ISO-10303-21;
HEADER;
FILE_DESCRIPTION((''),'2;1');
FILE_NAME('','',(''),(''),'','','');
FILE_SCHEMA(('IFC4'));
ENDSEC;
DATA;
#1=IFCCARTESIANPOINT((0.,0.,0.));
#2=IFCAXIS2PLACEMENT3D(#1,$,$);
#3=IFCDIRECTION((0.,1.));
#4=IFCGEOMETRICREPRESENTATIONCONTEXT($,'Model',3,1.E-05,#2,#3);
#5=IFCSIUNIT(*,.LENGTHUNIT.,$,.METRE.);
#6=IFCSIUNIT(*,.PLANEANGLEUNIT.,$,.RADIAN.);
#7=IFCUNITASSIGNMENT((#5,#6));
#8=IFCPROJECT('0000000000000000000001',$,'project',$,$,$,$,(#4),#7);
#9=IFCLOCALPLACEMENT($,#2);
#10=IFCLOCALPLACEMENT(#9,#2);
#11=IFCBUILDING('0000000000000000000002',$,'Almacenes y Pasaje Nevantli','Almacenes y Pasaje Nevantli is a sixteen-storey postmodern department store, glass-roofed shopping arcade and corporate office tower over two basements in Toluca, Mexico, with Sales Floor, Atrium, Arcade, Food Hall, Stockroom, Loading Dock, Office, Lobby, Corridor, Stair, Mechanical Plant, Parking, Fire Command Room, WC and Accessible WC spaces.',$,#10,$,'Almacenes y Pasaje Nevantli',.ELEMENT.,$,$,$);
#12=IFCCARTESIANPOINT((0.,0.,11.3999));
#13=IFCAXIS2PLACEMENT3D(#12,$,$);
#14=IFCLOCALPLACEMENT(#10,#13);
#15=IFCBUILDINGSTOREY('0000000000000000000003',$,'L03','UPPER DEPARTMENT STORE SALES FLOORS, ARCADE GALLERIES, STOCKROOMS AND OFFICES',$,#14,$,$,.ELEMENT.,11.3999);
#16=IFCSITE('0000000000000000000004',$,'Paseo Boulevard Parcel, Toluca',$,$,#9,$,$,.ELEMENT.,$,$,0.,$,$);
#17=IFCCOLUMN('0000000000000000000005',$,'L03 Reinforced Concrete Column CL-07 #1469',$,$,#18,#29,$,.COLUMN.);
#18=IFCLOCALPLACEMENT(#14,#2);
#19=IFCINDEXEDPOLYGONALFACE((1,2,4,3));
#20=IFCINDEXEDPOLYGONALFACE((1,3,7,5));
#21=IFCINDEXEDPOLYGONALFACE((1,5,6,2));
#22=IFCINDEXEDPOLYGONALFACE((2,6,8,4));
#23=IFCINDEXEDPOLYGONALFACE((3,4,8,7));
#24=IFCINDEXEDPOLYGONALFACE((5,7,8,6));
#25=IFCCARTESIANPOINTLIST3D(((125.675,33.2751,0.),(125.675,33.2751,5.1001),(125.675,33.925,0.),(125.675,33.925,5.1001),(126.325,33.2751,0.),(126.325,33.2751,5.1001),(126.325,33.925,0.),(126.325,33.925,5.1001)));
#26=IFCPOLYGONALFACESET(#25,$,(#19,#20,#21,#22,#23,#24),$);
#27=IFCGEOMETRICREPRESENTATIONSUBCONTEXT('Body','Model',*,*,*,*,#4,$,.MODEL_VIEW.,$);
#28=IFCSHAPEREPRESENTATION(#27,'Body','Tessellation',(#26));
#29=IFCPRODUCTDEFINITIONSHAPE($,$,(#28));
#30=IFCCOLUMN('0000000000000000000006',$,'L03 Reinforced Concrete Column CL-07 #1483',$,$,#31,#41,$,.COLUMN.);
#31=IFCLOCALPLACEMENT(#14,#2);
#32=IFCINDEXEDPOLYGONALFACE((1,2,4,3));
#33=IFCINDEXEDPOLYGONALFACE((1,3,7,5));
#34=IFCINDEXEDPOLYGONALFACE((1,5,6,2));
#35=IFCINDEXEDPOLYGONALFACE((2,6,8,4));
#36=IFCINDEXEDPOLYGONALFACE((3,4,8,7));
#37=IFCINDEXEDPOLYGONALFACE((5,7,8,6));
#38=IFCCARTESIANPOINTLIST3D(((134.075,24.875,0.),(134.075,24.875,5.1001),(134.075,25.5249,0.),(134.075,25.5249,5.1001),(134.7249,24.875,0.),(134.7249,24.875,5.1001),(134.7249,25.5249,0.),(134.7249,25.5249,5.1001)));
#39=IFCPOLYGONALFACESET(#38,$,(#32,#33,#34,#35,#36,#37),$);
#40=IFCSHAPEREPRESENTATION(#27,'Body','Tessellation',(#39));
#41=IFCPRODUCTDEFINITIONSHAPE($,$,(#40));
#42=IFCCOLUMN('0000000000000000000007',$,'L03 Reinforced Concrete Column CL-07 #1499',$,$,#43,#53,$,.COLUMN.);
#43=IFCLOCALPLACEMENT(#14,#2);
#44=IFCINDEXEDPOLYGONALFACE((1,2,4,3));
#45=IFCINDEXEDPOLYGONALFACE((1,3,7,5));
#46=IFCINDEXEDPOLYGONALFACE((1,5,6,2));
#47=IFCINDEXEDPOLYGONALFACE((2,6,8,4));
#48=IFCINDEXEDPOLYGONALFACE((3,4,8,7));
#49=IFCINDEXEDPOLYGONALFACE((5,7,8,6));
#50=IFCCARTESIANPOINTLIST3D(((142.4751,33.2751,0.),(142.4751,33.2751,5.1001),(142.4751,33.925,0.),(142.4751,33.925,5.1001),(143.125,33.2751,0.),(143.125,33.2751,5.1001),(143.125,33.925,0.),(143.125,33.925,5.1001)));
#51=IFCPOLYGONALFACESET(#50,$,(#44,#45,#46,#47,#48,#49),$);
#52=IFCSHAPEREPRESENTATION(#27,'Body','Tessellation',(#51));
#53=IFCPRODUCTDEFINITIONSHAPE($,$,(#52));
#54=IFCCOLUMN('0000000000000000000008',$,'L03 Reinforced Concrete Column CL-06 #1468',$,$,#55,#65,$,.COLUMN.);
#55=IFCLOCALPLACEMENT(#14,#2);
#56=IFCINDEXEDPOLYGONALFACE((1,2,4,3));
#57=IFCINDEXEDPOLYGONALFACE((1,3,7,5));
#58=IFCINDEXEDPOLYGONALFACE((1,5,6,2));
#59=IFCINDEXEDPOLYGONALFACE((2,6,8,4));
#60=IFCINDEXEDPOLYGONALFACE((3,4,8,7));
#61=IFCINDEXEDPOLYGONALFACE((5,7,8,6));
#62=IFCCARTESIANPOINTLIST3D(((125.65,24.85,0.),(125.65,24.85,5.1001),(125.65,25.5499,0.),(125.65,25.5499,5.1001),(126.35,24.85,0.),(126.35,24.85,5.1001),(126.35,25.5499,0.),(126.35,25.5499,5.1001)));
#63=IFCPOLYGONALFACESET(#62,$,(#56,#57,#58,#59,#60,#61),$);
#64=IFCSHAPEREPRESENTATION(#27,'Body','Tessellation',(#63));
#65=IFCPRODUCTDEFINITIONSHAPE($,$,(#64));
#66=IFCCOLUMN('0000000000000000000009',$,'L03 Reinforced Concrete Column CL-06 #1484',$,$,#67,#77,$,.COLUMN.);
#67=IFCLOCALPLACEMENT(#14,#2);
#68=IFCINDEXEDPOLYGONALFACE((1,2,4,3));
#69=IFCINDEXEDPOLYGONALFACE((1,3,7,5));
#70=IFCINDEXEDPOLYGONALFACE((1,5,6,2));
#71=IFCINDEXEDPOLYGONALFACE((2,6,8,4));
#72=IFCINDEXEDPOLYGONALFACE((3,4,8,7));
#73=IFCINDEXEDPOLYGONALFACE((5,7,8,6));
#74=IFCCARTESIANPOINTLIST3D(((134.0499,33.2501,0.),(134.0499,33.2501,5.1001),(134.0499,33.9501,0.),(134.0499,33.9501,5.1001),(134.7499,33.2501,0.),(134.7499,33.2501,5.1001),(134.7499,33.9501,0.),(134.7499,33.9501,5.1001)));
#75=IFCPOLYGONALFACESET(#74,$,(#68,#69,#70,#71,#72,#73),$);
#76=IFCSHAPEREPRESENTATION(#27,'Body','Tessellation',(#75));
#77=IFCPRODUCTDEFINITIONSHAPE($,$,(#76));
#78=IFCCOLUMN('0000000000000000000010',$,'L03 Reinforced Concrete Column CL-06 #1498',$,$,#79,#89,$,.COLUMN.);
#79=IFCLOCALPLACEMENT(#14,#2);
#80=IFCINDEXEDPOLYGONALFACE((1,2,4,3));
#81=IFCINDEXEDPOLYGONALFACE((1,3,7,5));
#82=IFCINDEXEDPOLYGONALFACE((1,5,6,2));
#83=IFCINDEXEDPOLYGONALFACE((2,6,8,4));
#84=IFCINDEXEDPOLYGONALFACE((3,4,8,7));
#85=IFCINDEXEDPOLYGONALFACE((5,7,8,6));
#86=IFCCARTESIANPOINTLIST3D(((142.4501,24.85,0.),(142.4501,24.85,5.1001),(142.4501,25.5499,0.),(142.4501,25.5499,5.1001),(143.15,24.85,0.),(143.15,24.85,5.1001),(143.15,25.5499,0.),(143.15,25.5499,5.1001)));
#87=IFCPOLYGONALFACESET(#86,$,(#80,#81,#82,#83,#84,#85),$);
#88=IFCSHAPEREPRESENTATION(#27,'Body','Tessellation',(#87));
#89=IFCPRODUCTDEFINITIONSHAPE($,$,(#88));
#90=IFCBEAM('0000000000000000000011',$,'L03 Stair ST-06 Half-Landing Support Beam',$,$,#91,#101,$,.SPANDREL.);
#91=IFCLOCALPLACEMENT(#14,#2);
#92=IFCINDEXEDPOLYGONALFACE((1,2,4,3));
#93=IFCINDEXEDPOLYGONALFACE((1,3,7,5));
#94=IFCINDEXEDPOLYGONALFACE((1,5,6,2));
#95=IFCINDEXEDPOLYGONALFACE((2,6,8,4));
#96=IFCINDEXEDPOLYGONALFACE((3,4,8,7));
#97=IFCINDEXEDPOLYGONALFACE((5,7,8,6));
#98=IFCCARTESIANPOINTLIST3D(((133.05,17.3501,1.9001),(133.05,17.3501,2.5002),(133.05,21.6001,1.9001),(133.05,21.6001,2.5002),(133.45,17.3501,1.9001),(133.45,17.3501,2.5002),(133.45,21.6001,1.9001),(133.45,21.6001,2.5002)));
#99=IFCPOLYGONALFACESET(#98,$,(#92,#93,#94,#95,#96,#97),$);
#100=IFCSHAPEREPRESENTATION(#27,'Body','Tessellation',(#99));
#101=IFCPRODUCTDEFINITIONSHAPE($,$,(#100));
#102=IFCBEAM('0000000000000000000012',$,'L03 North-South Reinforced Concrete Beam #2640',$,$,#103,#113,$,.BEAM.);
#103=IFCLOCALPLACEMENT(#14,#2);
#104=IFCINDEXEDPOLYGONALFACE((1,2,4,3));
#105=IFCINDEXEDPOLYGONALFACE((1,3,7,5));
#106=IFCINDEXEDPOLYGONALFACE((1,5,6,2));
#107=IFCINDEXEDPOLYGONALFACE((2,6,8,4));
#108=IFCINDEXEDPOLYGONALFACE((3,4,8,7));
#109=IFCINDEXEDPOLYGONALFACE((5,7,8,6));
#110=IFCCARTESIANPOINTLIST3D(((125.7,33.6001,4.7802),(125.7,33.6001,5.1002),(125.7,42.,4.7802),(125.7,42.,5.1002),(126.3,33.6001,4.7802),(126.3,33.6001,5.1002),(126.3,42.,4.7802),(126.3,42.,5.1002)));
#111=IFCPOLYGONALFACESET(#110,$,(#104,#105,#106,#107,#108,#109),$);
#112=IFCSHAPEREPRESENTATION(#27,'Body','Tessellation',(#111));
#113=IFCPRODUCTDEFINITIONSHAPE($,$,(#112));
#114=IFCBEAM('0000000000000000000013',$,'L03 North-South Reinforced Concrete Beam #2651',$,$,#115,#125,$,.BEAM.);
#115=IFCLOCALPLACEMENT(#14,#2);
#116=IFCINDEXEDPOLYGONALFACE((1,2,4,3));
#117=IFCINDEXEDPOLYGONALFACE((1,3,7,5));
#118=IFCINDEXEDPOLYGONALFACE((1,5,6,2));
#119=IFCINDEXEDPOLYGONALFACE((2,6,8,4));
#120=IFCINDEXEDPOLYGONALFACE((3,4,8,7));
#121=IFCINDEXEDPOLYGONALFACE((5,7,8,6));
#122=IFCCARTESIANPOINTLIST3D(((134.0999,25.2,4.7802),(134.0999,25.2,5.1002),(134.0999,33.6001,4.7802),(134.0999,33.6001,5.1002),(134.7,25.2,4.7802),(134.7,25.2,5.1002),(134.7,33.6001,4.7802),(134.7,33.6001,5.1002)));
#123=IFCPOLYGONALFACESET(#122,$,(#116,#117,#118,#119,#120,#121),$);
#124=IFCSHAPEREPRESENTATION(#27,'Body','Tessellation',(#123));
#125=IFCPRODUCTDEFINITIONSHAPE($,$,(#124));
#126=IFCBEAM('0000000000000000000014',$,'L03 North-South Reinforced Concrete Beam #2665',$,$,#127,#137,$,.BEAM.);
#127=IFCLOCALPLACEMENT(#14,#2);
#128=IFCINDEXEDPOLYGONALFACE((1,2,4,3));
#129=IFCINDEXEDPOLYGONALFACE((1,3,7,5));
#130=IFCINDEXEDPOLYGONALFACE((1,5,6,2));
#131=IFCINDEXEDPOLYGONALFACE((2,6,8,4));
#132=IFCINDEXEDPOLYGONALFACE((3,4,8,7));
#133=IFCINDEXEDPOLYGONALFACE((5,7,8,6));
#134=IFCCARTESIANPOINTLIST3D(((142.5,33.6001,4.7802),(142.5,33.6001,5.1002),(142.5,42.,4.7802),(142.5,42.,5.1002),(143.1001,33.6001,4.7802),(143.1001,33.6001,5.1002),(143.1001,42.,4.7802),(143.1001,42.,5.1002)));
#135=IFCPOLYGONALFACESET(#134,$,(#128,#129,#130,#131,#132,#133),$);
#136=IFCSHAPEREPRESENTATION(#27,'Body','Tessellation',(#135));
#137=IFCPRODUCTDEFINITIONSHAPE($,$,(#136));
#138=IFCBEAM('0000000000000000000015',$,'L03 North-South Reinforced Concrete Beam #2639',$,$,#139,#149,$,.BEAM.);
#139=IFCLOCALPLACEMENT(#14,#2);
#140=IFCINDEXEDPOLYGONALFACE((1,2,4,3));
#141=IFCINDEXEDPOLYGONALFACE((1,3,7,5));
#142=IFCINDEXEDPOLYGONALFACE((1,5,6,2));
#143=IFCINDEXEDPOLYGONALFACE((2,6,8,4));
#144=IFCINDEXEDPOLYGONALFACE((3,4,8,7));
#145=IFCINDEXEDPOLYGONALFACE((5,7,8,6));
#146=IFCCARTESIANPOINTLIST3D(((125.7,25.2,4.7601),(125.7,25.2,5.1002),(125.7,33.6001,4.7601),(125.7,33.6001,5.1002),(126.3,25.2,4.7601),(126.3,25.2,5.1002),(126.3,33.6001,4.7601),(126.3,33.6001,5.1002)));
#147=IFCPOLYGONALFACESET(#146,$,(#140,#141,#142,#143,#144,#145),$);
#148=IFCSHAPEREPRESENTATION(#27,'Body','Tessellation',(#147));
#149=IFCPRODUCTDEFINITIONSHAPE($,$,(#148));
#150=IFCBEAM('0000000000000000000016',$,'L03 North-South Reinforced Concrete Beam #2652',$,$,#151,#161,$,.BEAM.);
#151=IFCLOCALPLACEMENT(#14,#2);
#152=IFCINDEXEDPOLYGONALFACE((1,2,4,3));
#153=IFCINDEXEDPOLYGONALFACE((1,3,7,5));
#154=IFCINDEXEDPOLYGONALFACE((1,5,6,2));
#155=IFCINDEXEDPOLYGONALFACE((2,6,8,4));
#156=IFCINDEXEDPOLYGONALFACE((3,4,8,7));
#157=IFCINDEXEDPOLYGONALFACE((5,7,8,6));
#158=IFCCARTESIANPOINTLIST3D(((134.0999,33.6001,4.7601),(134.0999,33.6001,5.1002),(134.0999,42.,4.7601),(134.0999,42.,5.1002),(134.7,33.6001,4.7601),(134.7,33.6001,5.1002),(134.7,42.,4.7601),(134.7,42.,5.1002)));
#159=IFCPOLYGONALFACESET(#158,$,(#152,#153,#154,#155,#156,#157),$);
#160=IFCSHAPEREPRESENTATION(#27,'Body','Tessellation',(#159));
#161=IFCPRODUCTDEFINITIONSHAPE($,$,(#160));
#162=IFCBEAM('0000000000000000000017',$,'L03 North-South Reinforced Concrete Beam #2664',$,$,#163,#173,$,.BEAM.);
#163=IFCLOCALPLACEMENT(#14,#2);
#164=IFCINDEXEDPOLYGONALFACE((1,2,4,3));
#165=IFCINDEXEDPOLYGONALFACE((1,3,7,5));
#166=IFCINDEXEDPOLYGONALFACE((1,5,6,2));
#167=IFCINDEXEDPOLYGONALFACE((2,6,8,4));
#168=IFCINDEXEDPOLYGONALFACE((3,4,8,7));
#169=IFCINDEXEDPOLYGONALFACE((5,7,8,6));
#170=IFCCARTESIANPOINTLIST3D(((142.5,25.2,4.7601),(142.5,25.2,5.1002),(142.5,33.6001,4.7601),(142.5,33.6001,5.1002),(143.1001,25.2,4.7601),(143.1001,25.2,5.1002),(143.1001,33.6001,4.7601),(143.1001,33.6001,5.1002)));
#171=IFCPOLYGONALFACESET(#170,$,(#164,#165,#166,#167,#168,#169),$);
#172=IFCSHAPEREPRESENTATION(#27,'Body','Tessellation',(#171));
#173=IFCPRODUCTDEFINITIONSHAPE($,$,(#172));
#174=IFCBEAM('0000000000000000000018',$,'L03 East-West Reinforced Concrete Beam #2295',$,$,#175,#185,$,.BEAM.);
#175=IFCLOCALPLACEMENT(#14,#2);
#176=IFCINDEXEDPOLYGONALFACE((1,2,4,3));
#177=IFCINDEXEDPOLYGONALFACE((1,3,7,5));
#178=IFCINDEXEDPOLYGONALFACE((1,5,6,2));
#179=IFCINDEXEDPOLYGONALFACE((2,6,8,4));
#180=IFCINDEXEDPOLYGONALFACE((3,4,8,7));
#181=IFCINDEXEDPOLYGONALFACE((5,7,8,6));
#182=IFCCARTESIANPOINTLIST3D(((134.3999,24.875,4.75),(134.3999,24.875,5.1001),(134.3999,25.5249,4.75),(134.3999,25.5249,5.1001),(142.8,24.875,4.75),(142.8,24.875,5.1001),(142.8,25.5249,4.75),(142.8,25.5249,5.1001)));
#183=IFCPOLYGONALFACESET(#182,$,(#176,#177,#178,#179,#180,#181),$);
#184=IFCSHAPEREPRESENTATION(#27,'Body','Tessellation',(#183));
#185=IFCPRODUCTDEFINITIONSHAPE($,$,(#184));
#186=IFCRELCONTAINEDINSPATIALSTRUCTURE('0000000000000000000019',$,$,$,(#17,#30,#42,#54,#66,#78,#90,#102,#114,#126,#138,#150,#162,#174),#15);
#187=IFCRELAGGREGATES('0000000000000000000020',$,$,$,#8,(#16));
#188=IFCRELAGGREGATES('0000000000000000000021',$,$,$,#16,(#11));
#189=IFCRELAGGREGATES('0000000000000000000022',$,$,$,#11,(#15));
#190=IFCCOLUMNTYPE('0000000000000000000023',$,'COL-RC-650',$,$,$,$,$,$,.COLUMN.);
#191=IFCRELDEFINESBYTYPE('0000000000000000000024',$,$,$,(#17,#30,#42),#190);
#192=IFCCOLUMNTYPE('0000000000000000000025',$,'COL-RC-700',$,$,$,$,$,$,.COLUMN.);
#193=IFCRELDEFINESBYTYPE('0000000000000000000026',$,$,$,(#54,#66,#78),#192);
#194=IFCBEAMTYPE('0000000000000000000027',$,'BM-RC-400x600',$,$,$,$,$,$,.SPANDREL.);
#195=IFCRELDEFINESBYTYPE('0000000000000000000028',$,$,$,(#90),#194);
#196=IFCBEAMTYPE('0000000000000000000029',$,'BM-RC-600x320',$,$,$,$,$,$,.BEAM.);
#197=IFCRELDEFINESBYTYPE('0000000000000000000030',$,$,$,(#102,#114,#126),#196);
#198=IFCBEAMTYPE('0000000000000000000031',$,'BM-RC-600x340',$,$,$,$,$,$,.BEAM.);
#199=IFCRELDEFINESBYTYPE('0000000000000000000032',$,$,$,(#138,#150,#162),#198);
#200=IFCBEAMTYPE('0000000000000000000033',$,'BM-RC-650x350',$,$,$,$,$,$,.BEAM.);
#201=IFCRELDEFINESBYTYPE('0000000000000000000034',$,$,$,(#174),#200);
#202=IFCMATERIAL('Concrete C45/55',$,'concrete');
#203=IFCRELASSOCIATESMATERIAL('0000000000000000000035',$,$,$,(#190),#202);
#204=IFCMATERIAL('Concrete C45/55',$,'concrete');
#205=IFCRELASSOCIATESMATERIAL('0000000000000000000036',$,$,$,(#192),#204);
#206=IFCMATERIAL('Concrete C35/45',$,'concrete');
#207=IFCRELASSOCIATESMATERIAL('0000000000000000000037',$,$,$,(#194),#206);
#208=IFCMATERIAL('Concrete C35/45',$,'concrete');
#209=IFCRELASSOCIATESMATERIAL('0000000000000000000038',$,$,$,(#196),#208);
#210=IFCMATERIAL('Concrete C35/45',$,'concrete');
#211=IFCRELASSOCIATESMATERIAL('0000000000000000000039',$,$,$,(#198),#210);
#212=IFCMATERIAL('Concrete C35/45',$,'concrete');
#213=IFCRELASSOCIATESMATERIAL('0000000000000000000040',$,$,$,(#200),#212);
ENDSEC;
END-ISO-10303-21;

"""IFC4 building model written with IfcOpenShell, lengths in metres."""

from ifc_helpers import new_model, si_unit, direction, frame, origin, origin_2d, place, context, subcontext, project, spatial, rectangle, extrude, material, material_profile, profile_set, type_object, element, save


model = new_model("IFC4")

# Units and contexts
model_context = context("Model", 3, precision=1e-05, world=origin(), true_north=direction((0.0, 1.0)))
body_context = subcontext(model_context, "Body", "Model", "MODEL_VIEW")
ifc_project = project(units=[si_unit("LENGTHUNIT", "METRE"), si_unit("PLANEANGLEUNIT", "RADIAN")], contexts=[model_context])

# Site, building, storey
site_placement = place(None, origin())
site = spatial("IfcSite", under=ifc_project, at=site_placement, Name="Paseo Boulevard Parcel, Toluca", CompositionType="ELEMENT", RefElevation=0.0)
building_placement = place(site_placement, origin())
building = spatial("IfcBuilding", under=site, at=building_placement, Name="Almacenes y Pasaje Nevantli", Description="Almacenes y Pasaje Nevantli is a sixteen-storey postmodern department store, glass-roofed shopping arcade and corporate office tower over two basements in Toluca, Mexico, with Sales Floor, Atrium, Arcade, Food Hall, Stockroom, Loading Dock, Office, Lobby, Corridor, Stair, Mechanical Plant, Parking, Fire Command Room, WC and Accessible WC spaces.", LongName="Almacenes y Pasaje Nevantli", CompositionType="ELEMENT")
storey_placement = place(building_placement, frame((0.0, 0.0, 11.3999)))
storey = spatial("IfcBuildingStorey", under=building, at=storey_placement, Name="L03", Description="UPPER DEPARTMENT STORE SALES FLOORS, ARCADE GALLERIES, STOCKROOMS AND OFFICES", CompositionType="ELEMENT", Elevation=11.3999)

# Columns
ifc_material_1 = material(Name="Concrete C45/55", Category="concrete")
ifc_material_profile_1 = material_profile(ifc_material_1, rectangle(XDim=0.6499, YDim=0.6499, at=origin_2d()), Name="RC-COL-650x650")
ifc_profile_set_1 = profile_set([ifc_material_profile_1], Name="Concrete C45/55")
column_type_1 = type_object("IfcColumnType", Name="COL-RC-650", PredefinedType="COLUMN", material=ifc_profile_set_1)
for number, where, z_axis, x_axis, name in (
    (1, (126.0, 33.6001, 0.0), (0.0, 0.0, 1.0), (1.0, 0.0, 0.0), "L03 Reinforced Concrete Column CL-07 #1469"),
    (2, (134.3999, 25.2, 0.0), (0.0, 0.0, 1.0), (1.0, 0.0, 0.0), "L03 Reinforced Concrete Column CL-07 #1483"),
    (3, (142.8, 33.6001, 0.0), (0.0, 0.0, 1.0), (1.0, 0.0, 0.0), "L03 Reinforced Concrete Column CL-07 #1499"),
):
    element("IfcColumn", number, at=place(storey_placement, frame(where, z_axis=z_axis, x_axis=x_axis)), inside=storey, type_object=column_type_1, Name=name, PredefinedType="COLUMN", context=body_context, shape_type="SweptSolid", body=[
        extrude(rectangle(XDim=0.6499, YDim=0.6499, at=origin_2d()), origin(), (0.0, 0.0, 1.0), 5.1001),
    ])
ifc_material_2 = material(Name="Concrete C45/55", Category="concrete")
ifc_material_profile_2 = material_profile(ifc_material_2, rectangle(XDim=0.7, YDim=0.7, at=origin_2d()), Name="RC-COL-700x700")
ifc_profile_set_2 = profile_set([ifc_material_profile_2], Name="Concrete C45/55")
column_type_2 = type_object("IfcColumnType", Name="COL-RC-700", PredefinedType="COLUMN", material=ifc_profile_set_2)
for number, where, z_axis, x_axis, name in (
    (4, (126.0, 25.2, 0.0), (0.0, 0.0, 1.0), (1.0, 0.0, 0.0), "L03 Reinforced Concrete Column CL-06 #1468"),
    (5, (134.3999, 33.6001, 0.0), (0.0, 0.0, 1.0), (1.0, 0.0, 0.0), "L03 Reinforced Concrete Column CL-06 #1484"),
    (6, (142.8, 25.2, 0.0), (0.0, 0.0, 1.0), (1.0, 0.0, 0.0), "L03 Reinforced Concrete Column CL-06 #1498"),
):
    element("IfcColumn", number, at=place(storey_placement, frame(where, z_axis=z_axis, x_axis=x_axis)), inside=storey, type_object=column_type_2, Name=name, PredefinedType="COLUMN", context=body_context, shape_type="SweptSolid", body=[
        extrude(rectangle(XDim=0.7, YDim=0.7, at=origin_2d()), origin(), (0.0, 0.0, 1.0), 5.1001),
    ])

# Beams
ifc_material_3 = material(Name="Concrete C35/45", Category="concrete")
ifc_material_profile_3 = material_profile(ifc_material_3, rectangle(XDim=0.3999, YDim=0.6001, at=origin_2d()), Name="RC-BM-400x600")
ifc_profile_set_3 = profile_set([ifc_material_profile_3], Name="Concrete C35/45")
beam_type_1 = type_object("IfcBeamType", Name="BM-RC-400x600", PredefinedType="SPANDREL", material=ifc_profile_set_3)
beam_1_placement = place(storey_placement, frame((133.25, 17.3501, 2.2002), z_axis=(0.0, 1.0, 0.0), x_axis=(-1.0, 0.0, 0.0)))
element("IfcBeam", 7, at=beam_1_placement, inside=storey, type_object=beam_type_1, Name="L03 Stair ST-06 Half-Landing Support Beam", PredefinedType="SPANDREL", context=body_context, shape_type="SweptSolid", body=[
    extrude(rectangle(XDim=0.3999, YDim=0.6001, at=origin_2d()), origin(), (0.0, 0.0, 1.0), 4.25),
])
ifc_material_4 = material(Name="Concrete C35/45", Category="concrete")
ifc_material_profile_4 = material_profile(ifc_material_4, rectangle(XDim=0.6001, YDim=0.3201, at=origin_2d()), Name="RC-BM-600x320")
ifc_profile_set_4 = profile_set([ifc_material_profile_4], Name="Concrete C35/45")
beam_type_2 = type_object("IfcBeamType", Name="BM-RC-600x320", PredefinedType="BEAM", material=ifc_profile_set_4)
beam_2_placement = place(storey_placement, frame((126.0, 33.6001, 4.9402), z_axis=(0.0, 1.0, 0.0), x_axis=(-1.0, 0.0, 0.0)))
element("IfcBeam", 8, at=beam_2_placement, inside=storey, type_object=beam_type_2, Name="L03 North-South Reinforced Concrete Beam #2640", PredefinedType="BEAM", context=body_context, shape_type="SweptSolid", body=[
    extrude(rectangle(XDim=0.6001, YDim=0.3201, at=origin_2d()), origin(), (0.0, 0.0, 1.0), 8.3999),
])
beam_3_placement = place(storey_placement, frame((134.3999, 25.2, 4.9402), z_axis=(0.0, 1.0, 0.0), x_axis=(-1.0, 0.0, 0.0)))
element("IfcBeam", 9, at=beam_3_placement, inside=storey, type_object=beam_type_2, Name="L03 North-South Reinforced Concrete Beam #2651", PredefinedType="BEAM", context=body_context, shape_type="SweptSolid", body=[
    extrude(rectangle(XDim=0.6001, YDim=0.3201, at=origin_2d()), origin(), (0.0, 0.0, 1.0), 8.4001),
])
beam_4_placement = place(storey_placement, frame((142.8, 33.6001, 4.9402), z_axis=(0.0, 1.0, 0.0), x_axis=(-1.0, 0.0, 0.0)))
element("IfcBeam", 10, at=beam_4_placement, inside=storey, type_object=beam_type_2, Name="L03 North-South Reinforced Concrete Beam #2665", PredefinedType="BEAM", context=body_context, shape_type="SweptSolid", body=[
    extrude(rectangle(XDim=0.6001, YDim=0.3201, at=origin_2d()), origin(), (0.0, 0.0, 1.0), 8.3999),
])
ifc_material_5 = material(Name="Concrete C35/45", Category="concrete")
ifc_material_profile_5 = material_profile(ifc_material_5, rectangle(XDim=0.6001, YDim=0.3401, at=origin_2d()), Name="RC-BM-600x340")
ifc_profile_set_5 = profile_set([ifc_material_profile_5], Name="Concrete C35/45")
beam_type_3 = type_object("IfcBeamType", Name="BM-RC-600x340", PredefinedType="BEAM", material=ifc_profile_set_5)
beam_5_placement = place(storey_placement, frame((126.0, 25.2, 4.9302), z_axis=(0.0, 1.0, 0.0), x_axis=(-1.0, 0.0, 0.0)))
element("IfcBeam", 11, at=beam_5_placement, inside=storey, type_object=beam_type_3, Name="L03 North-South Reinforced Concrete Beam #2639", PredefinedType="BEAM", context=body_context, shape_type="SweptSolid", body=[
    extrude(rectangle(XDim=0.6001, YDim=0.3401, at=origin_2d()), origin(), (0.0, 0.0, 1.0), 8.4001),
])
beam_6_placement = place(storey_placement, frame((134.3999, 33.6001, 4.9302), z_axis=(0.0, 1.0, 0.0), x_axis=(-1.0, 0.0, 0.0)))
element("IfcBeam", 12, at=beam_6_placement, inside=storey, type_object=beam_type_3, Name="L03 North-South Reinforced Concrete Beam #2652", PredefinedType="BEAM", context=body_context, shape_type="SweptSolid", body=[
    extrude(rectangle(XDim=0.6001, YDim=0.3401, at=origin_2d()), origin(), (0.0, 0.0, 1.0), 8.3999),
])
beam_7_placement = place(storey_placement, frame((142.8, 25.2, 4.9302), z_axis=(0.0, 1.0, 0.0), x_axis=(-1.0, 0.0, 0.0)))
element("IfcBeam", 13, at=beam_7_placement, inside=storey, type_object=beam_type_3, Name="L03 North-South Reinforced Concrete Beam #2664", PredefinedType="BEAM", context=body_context, shape_type="SweptSolid", body=[
    extrude(rectangle(XDim=0.6001, YDim=0.3401, at=origin_2d()), origin(), (0.0, 0.0, 1.0), 8.4001),
])
ifc_material_6 = material(Name="Concrete C35/45", Category="concrete")
ifc_material_profile_6 = material_profile(ifc_material_6, rectangle(XDim=0.6499, YDim=0.3501, at=origin_2d()), Name="RC-BM-650x350")
ifc_profile_set_6 = profile_set([ifc_material_profile_6], Name="Concrete C35/45")
beam_type_4 = type_object("IfcBeamType", Name="BM-RC-650x350", PredefinedType="BEAM", material=ifc_profile_set_6)
beam_8_placement = place(storey_placement, frame((134.3999, 25.2, 4.925), z_axis=(1.0, 0.0, 0.0), x_axis=(0.0, 1.0, 0.0)))
element("IfcBeam", 14, at=beam_8_placement, inside=storey, type_object=beam_type_4, Name="L03 East-West Reinforced Concrete Beam #2295", PredefinedType="BEAM", context=body_context, shape_type="SweptSolid", body=[
    extrude(rectangle(XDim=0.6499, YDim=0.3501, at=origin_2d()), origin(), (0.0, 0.0, 1.0), 8.4001),
])

save(model, "model.ifc")
